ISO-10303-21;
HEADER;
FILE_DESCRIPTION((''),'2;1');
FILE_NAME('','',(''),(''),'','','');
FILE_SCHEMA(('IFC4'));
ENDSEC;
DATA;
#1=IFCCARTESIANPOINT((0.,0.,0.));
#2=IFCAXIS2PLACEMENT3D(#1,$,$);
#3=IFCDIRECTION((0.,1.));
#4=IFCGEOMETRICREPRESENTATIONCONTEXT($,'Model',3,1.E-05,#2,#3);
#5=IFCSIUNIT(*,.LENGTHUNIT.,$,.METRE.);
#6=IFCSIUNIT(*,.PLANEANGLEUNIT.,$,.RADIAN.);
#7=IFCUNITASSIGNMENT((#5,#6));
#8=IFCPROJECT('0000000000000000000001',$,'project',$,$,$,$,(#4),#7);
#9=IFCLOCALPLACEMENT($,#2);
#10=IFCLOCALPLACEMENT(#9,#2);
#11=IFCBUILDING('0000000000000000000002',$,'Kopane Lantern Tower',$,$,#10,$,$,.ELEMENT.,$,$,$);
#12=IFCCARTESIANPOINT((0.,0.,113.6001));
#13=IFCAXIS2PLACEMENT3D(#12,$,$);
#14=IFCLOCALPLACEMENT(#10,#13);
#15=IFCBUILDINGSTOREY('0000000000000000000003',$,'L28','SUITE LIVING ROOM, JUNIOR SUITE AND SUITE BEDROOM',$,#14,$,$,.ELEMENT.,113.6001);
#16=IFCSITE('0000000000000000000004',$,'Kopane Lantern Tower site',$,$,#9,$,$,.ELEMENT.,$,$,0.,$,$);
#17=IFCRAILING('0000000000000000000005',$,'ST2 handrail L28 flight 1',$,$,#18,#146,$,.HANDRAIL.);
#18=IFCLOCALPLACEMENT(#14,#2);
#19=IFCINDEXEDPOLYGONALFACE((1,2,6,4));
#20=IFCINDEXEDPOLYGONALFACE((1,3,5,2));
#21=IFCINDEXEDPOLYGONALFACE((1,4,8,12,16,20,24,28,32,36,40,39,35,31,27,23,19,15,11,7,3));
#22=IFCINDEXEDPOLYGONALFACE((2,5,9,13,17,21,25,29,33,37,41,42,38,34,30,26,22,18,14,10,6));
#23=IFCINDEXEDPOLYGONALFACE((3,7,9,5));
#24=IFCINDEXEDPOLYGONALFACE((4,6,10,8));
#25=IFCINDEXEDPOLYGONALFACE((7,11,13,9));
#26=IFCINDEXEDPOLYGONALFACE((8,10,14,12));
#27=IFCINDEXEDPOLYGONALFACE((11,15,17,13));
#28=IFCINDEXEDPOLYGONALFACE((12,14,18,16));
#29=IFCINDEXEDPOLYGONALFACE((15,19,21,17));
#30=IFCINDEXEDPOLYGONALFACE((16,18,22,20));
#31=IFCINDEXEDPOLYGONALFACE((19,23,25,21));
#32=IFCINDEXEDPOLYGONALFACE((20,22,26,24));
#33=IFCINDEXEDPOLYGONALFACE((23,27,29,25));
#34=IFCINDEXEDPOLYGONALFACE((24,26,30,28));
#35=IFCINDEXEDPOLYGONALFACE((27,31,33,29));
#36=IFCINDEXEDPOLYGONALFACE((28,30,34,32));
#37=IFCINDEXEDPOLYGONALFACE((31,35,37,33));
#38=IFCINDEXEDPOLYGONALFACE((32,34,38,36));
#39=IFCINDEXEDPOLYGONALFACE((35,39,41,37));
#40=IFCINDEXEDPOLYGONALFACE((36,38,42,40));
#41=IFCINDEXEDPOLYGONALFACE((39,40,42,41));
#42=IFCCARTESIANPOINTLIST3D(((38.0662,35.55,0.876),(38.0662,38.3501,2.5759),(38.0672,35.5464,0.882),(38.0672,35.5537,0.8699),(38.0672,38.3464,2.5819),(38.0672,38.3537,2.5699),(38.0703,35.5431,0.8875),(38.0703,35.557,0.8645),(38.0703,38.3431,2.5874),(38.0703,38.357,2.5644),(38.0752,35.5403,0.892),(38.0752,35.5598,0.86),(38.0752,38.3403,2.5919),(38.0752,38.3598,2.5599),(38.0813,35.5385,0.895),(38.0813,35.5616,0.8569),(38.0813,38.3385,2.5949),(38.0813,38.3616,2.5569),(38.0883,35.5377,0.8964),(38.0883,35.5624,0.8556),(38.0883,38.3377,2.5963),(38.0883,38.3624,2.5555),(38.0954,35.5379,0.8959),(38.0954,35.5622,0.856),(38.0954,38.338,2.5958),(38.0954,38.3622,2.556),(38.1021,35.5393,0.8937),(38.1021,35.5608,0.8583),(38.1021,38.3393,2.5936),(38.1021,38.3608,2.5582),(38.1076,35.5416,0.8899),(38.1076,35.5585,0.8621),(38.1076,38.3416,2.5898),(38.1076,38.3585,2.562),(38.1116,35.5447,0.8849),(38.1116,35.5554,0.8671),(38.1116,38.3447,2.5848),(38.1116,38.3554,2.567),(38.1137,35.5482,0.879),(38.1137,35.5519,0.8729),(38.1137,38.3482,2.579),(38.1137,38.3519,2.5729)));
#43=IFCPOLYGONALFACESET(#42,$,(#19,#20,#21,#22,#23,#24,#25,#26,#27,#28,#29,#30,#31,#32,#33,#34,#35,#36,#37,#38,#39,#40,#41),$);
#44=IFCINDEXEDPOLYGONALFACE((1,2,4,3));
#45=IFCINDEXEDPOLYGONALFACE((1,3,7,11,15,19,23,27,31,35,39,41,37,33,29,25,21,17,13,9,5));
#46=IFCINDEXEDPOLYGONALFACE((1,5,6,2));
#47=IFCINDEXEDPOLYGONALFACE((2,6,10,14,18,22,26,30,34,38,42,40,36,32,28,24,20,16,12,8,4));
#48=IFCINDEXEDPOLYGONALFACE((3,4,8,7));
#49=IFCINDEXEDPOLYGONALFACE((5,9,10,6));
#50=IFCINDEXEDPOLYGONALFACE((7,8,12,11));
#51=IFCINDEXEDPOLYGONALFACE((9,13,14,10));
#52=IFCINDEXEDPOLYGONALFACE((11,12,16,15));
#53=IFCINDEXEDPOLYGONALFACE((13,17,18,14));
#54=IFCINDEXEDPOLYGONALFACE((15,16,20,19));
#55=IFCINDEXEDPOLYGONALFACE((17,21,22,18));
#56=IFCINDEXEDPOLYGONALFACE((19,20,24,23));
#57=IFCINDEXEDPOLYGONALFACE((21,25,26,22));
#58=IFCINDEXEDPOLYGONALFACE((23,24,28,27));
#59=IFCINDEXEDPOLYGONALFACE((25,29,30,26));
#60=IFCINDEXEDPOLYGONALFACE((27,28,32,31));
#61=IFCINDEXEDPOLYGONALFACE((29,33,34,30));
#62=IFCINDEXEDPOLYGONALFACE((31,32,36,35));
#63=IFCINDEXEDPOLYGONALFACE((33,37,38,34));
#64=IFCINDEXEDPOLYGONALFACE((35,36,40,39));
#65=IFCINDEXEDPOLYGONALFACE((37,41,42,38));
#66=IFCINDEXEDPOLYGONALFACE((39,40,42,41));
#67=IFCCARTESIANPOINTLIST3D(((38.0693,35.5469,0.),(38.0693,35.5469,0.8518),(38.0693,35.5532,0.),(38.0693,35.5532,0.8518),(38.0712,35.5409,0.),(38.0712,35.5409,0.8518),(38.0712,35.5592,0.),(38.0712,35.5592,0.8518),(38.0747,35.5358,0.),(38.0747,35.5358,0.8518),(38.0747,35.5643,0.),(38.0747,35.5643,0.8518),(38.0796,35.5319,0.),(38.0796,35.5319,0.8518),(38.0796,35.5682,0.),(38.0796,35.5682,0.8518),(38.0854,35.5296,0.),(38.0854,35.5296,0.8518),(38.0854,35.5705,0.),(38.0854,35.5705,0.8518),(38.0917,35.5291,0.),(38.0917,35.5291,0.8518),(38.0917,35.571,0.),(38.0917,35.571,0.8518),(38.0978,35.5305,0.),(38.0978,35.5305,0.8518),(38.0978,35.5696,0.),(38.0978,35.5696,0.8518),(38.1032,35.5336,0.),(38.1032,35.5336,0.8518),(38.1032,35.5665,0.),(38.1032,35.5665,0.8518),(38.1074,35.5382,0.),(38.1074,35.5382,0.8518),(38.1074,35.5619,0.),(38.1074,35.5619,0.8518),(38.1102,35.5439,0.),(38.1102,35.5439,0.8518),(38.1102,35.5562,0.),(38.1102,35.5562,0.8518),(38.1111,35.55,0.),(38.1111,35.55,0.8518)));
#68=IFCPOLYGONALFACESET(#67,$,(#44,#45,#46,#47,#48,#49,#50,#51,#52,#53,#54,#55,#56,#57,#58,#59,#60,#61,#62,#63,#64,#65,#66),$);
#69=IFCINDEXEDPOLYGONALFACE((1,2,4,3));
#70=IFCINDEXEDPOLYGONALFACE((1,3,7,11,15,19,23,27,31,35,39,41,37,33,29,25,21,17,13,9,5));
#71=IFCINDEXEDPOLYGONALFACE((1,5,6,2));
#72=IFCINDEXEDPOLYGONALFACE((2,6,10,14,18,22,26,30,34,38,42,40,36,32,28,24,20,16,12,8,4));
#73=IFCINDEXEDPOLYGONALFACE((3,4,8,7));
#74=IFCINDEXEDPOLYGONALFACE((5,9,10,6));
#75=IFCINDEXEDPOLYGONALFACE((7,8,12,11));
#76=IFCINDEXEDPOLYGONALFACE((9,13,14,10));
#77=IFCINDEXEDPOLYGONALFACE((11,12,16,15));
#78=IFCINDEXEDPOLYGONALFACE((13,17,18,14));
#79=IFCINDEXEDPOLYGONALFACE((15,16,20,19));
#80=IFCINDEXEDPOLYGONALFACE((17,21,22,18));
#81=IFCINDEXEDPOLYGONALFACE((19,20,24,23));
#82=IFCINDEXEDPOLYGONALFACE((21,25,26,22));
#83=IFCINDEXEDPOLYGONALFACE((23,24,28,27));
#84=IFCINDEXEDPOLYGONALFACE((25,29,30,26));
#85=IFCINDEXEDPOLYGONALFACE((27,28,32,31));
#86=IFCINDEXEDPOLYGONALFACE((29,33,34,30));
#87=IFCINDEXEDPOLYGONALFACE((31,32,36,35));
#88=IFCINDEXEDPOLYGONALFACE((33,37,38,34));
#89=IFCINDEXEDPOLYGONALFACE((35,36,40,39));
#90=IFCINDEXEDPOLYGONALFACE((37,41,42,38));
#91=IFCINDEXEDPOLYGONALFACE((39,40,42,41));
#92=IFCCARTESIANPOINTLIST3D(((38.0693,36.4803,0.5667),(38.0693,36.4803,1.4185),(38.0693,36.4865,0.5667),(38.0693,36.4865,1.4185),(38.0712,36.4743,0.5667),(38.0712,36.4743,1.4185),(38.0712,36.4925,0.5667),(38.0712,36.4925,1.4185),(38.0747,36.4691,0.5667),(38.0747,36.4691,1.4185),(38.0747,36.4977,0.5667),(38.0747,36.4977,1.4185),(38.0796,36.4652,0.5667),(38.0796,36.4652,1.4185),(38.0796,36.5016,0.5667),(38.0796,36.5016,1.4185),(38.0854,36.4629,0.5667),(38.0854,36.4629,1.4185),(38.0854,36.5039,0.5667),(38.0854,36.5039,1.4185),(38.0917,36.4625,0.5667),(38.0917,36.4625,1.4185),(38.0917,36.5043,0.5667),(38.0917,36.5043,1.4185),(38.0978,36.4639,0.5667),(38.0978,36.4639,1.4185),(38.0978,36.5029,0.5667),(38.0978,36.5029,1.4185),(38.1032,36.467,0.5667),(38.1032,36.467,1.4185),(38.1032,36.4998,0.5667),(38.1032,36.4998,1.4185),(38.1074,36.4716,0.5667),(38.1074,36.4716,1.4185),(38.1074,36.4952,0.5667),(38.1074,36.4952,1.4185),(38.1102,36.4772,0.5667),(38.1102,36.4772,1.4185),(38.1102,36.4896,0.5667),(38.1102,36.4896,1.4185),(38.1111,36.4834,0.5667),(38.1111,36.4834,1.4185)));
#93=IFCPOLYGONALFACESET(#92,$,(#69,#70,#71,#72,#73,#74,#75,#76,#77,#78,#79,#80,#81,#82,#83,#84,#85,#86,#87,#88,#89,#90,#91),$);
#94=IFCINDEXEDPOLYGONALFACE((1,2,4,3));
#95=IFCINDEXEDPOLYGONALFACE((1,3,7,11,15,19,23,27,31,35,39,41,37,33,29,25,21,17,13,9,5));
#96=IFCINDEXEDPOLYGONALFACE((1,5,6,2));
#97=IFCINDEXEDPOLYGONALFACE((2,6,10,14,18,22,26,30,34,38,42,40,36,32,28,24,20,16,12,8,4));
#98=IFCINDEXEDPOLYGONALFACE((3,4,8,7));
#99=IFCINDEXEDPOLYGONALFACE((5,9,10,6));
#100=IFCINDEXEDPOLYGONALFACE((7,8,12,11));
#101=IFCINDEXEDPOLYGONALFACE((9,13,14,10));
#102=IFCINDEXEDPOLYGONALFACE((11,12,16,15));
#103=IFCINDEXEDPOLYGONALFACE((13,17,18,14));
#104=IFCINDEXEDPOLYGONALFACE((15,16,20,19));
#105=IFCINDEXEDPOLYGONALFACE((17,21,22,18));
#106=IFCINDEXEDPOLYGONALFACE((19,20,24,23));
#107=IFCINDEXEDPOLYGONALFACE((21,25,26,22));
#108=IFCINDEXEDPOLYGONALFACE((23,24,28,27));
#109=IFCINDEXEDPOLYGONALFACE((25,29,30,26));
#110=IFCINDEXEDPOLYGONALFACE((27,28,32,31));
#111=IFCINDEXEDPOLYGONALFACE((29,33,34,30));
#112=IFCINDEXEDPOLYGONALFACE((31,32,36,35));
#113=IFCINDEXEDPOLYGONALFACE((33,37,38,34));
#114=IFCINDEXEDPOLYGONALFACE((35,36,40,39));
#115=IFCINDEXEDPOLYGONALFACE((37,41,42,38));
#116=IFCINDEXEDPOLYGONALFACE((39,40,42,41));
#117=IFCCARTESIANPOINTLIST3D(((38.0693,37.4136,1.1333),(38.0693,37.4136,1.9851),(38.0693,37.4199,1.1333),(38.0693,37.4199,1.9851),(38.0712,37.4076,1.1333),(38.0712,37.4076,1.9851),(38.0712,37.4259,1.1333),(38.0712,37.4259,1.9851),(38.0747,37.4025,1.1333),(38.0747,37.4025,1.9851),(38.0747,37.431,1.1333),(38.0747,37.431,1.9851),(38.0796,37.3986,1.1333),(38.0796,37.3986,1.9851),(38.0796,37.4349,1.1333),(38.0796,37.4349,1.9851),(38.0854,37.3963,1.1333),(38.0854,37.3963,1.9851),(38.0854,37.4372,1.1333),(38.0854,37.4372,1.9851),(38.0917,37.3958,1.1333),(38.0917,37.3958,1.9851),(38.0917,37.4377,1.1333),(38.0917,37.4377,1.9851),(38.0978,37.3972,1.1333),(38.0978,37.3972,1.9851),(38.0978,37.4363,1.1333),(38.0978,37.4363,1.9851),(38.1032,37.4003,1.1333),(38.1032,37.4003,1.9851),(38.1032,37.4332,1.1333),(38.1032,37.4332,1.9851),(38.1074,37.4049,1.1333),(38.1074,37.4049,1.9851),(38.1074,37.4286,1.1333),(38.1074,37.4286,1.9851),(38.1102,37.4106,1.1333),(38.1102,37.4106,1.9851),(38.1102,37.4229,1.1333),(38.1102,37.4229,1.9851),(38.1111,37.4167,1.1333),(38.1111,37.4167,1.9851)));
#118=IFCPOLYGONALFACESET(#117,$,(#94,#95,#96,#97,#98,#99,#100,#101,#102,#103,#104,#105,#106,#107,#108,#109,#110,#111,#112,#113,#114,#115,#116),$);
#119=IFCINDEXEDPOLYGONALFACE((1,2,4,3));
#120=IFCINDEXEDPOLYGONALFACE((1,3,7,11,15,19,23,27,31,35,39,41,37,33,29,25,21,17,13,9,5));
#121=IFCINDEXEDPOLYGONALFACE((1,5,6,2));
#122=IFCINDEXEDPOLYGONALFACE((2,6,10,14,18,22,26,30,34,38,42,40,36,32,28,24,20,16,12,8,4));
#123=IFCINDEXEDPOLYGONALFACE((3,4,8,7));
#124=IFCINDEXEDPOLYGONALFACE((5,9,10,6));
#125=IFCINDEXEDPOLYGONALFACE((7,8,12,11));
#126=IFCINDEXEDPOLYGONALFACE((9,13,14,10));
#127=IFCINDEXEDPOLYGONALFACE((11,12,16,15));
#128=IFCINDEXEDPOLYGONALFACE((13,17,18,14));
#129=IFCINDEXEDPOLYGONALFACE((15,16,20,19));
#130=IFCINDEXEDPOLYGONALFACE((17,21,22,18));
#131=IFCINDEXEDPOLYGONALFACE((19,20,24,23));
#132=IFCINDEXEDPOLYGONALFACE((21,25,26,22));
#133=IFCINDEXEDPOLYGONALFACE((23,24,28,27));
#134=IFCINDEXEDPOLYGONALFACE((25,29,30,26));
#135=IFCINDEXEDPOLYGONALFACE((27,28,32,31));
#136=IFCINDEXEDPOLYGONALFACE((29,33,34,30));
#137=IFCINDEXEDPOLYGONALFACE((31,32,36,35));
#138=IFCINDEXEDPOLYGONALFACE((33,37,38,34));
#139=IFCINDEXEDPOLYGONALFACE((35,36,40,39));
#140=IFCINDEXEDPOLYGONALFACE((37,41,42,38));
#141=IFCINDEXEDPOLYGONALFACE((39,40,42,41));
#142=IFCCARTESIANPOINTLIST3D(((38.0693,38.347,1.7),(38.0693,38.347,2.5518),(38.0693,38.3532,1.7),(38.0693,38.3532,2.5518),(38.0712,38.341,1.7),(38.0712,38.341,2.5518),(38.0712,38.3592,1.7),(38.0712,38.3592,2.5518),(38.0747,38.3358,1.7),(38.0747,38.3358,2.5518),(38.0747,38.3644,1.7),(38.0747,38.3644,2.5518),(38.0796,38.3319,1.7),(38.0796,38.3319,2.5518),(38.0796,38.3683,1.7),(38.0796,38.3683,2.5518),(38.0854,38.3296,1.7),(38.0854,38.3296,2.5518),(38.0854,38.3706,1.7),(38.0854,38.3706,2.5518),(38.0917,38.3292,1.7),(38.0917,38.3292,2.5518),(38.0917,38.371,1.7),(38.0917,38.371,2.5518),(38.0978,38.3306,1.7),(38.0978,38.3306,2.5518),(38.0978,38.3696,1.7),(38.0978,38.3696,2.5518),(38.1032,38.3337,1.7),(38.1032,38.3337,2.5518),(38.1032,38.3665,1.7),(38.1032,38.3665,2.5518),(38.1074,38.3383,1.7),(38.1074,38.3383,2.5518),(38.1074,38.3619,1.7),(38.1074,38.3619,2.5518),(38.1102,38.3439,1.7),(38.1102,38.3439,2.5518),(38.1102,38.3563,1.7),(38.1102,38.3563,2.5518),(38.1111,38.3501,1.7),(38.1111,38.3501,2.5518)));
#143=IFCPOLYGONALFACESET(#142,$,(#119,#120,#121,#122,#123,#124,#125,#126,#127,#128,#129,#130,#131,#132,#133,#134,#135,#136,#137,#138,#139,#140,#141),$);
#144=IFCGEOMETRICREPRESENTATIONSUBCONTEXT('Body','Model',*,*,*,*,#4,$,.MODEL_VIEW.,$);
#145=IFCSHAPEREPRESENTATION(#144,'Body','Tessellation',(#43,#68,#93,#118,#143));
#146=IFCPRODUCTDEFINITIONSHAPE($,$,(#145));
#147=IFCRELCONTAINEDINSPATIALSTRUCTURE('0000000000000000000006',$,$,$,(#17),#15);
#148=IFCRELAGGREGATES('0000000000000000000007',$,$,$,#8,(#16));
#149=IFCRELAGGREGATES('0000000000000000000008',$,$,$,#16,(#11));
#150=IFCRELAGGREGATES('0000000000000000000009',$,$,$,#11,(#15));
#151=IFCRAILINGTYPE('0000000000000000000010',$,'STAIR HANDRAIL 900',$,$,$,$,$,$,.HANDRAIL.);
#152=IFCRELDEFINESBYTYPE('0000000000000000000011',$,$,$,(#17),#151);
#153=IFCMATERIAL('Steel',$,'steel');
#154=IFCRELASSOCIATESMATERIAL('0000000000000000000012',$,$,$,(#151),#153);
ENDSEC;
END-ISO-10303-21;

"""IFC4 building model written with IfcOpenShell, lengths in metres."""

from ifc_helpers import new_model, si_unit, direction, frame, origin, origin_2d, place, context, subcontext, project, spatial, circle, extrude, material, type_object, element, save


model = new_model("IFC4")

# Units and contexts
model_context = context("Model", 3, precision=1e-05, world=origin(), true_north=direction((0.0, 1.0)))
body_context = subcontext(model_context, "Body", "Model", "MODEL_VIEW")
ifc_project = project(units=[si_unit("LENGTHUNIT", "METRE"), si_unit("PLANEANGLEUNIT", "RADIAN")], contexts=[model_context])

# Site, building, storey
site_placement = place(None, origin())
site = spatial("IfcSite", under=ifc_project, at=site_placement, Name="Kopane Lantern Tower site", CompositionType="ELEMENT", RefElevation=0.0)
building_placement = place(site_placement, origin())
building = spatial("IfcBuilding", under=site, at=building_placement, Name="Kopane Lantern Tower", CompositionType="ELEMENT")
storey_placement = place(building_placement, frame((0.0, 0.0, 113.6001)))
storey = spatial("IfcBuildingStorey", under=building, at=storey_placement, Name="L28", Description="SUITE LIVING ROOM, JUNIOR SUITE AND SUITE BEDROOM", CompositionType="ELEMENT", Elevation=113.6001)

# Railing
ifc_material_1 = material(Name="Steel", Category="steel")
railing_type_1 = type_object("IfcRailingType", Name="STAIR HANDRAIL 900", PredefinedType="HANDRAIL", material=ifc_material_1)
for number, where, name in (
    (1, (38.0901, 35.55, 0.0), "ST2 handrail L28 flight 1"),
):
    element("IfcRailing", number, at=place(storey_placement, frame(where)), inside=storey, type_object=railing_type_1, Name=name, PredefinedType="HANDRAIL", context=body_context, shape_type="SweptSolid", body=[
        extrude(circle(Radius=0.0239, at=origin_2d()), frame((0.0, 0.0, 0.876), z_axis=(0.0, 0.854798, 0.518961), x_axis=(-1.0, 0.0, 0.0)), (0.0, 0.0, 1.0), 3.2756),
        extrude(circle(Radius=0.021, at=origin_2d()), origin(), (0.0, 0.0, 1.0), 0.8518),
        extrude(circle(Radius=0.021, at=origin_2d()), frame((0.0, 0.9333, 0.5667)), (0.0, 0.0, 1.0), 0.8518),
        extrude(circle(Radius=0.021, at=origin_2d()), frame((0.0, 1.8667, 1.1333)), (0.0, 0.0, 1.0), 0.8518),
        extrude(circle(Radius=0.021, at=origin_2d()), frame((0.0, 2.8, 1.7)), (0.0, 0.0, 1.0), 0.8518),
    ])

save(model, "model.ifc")
